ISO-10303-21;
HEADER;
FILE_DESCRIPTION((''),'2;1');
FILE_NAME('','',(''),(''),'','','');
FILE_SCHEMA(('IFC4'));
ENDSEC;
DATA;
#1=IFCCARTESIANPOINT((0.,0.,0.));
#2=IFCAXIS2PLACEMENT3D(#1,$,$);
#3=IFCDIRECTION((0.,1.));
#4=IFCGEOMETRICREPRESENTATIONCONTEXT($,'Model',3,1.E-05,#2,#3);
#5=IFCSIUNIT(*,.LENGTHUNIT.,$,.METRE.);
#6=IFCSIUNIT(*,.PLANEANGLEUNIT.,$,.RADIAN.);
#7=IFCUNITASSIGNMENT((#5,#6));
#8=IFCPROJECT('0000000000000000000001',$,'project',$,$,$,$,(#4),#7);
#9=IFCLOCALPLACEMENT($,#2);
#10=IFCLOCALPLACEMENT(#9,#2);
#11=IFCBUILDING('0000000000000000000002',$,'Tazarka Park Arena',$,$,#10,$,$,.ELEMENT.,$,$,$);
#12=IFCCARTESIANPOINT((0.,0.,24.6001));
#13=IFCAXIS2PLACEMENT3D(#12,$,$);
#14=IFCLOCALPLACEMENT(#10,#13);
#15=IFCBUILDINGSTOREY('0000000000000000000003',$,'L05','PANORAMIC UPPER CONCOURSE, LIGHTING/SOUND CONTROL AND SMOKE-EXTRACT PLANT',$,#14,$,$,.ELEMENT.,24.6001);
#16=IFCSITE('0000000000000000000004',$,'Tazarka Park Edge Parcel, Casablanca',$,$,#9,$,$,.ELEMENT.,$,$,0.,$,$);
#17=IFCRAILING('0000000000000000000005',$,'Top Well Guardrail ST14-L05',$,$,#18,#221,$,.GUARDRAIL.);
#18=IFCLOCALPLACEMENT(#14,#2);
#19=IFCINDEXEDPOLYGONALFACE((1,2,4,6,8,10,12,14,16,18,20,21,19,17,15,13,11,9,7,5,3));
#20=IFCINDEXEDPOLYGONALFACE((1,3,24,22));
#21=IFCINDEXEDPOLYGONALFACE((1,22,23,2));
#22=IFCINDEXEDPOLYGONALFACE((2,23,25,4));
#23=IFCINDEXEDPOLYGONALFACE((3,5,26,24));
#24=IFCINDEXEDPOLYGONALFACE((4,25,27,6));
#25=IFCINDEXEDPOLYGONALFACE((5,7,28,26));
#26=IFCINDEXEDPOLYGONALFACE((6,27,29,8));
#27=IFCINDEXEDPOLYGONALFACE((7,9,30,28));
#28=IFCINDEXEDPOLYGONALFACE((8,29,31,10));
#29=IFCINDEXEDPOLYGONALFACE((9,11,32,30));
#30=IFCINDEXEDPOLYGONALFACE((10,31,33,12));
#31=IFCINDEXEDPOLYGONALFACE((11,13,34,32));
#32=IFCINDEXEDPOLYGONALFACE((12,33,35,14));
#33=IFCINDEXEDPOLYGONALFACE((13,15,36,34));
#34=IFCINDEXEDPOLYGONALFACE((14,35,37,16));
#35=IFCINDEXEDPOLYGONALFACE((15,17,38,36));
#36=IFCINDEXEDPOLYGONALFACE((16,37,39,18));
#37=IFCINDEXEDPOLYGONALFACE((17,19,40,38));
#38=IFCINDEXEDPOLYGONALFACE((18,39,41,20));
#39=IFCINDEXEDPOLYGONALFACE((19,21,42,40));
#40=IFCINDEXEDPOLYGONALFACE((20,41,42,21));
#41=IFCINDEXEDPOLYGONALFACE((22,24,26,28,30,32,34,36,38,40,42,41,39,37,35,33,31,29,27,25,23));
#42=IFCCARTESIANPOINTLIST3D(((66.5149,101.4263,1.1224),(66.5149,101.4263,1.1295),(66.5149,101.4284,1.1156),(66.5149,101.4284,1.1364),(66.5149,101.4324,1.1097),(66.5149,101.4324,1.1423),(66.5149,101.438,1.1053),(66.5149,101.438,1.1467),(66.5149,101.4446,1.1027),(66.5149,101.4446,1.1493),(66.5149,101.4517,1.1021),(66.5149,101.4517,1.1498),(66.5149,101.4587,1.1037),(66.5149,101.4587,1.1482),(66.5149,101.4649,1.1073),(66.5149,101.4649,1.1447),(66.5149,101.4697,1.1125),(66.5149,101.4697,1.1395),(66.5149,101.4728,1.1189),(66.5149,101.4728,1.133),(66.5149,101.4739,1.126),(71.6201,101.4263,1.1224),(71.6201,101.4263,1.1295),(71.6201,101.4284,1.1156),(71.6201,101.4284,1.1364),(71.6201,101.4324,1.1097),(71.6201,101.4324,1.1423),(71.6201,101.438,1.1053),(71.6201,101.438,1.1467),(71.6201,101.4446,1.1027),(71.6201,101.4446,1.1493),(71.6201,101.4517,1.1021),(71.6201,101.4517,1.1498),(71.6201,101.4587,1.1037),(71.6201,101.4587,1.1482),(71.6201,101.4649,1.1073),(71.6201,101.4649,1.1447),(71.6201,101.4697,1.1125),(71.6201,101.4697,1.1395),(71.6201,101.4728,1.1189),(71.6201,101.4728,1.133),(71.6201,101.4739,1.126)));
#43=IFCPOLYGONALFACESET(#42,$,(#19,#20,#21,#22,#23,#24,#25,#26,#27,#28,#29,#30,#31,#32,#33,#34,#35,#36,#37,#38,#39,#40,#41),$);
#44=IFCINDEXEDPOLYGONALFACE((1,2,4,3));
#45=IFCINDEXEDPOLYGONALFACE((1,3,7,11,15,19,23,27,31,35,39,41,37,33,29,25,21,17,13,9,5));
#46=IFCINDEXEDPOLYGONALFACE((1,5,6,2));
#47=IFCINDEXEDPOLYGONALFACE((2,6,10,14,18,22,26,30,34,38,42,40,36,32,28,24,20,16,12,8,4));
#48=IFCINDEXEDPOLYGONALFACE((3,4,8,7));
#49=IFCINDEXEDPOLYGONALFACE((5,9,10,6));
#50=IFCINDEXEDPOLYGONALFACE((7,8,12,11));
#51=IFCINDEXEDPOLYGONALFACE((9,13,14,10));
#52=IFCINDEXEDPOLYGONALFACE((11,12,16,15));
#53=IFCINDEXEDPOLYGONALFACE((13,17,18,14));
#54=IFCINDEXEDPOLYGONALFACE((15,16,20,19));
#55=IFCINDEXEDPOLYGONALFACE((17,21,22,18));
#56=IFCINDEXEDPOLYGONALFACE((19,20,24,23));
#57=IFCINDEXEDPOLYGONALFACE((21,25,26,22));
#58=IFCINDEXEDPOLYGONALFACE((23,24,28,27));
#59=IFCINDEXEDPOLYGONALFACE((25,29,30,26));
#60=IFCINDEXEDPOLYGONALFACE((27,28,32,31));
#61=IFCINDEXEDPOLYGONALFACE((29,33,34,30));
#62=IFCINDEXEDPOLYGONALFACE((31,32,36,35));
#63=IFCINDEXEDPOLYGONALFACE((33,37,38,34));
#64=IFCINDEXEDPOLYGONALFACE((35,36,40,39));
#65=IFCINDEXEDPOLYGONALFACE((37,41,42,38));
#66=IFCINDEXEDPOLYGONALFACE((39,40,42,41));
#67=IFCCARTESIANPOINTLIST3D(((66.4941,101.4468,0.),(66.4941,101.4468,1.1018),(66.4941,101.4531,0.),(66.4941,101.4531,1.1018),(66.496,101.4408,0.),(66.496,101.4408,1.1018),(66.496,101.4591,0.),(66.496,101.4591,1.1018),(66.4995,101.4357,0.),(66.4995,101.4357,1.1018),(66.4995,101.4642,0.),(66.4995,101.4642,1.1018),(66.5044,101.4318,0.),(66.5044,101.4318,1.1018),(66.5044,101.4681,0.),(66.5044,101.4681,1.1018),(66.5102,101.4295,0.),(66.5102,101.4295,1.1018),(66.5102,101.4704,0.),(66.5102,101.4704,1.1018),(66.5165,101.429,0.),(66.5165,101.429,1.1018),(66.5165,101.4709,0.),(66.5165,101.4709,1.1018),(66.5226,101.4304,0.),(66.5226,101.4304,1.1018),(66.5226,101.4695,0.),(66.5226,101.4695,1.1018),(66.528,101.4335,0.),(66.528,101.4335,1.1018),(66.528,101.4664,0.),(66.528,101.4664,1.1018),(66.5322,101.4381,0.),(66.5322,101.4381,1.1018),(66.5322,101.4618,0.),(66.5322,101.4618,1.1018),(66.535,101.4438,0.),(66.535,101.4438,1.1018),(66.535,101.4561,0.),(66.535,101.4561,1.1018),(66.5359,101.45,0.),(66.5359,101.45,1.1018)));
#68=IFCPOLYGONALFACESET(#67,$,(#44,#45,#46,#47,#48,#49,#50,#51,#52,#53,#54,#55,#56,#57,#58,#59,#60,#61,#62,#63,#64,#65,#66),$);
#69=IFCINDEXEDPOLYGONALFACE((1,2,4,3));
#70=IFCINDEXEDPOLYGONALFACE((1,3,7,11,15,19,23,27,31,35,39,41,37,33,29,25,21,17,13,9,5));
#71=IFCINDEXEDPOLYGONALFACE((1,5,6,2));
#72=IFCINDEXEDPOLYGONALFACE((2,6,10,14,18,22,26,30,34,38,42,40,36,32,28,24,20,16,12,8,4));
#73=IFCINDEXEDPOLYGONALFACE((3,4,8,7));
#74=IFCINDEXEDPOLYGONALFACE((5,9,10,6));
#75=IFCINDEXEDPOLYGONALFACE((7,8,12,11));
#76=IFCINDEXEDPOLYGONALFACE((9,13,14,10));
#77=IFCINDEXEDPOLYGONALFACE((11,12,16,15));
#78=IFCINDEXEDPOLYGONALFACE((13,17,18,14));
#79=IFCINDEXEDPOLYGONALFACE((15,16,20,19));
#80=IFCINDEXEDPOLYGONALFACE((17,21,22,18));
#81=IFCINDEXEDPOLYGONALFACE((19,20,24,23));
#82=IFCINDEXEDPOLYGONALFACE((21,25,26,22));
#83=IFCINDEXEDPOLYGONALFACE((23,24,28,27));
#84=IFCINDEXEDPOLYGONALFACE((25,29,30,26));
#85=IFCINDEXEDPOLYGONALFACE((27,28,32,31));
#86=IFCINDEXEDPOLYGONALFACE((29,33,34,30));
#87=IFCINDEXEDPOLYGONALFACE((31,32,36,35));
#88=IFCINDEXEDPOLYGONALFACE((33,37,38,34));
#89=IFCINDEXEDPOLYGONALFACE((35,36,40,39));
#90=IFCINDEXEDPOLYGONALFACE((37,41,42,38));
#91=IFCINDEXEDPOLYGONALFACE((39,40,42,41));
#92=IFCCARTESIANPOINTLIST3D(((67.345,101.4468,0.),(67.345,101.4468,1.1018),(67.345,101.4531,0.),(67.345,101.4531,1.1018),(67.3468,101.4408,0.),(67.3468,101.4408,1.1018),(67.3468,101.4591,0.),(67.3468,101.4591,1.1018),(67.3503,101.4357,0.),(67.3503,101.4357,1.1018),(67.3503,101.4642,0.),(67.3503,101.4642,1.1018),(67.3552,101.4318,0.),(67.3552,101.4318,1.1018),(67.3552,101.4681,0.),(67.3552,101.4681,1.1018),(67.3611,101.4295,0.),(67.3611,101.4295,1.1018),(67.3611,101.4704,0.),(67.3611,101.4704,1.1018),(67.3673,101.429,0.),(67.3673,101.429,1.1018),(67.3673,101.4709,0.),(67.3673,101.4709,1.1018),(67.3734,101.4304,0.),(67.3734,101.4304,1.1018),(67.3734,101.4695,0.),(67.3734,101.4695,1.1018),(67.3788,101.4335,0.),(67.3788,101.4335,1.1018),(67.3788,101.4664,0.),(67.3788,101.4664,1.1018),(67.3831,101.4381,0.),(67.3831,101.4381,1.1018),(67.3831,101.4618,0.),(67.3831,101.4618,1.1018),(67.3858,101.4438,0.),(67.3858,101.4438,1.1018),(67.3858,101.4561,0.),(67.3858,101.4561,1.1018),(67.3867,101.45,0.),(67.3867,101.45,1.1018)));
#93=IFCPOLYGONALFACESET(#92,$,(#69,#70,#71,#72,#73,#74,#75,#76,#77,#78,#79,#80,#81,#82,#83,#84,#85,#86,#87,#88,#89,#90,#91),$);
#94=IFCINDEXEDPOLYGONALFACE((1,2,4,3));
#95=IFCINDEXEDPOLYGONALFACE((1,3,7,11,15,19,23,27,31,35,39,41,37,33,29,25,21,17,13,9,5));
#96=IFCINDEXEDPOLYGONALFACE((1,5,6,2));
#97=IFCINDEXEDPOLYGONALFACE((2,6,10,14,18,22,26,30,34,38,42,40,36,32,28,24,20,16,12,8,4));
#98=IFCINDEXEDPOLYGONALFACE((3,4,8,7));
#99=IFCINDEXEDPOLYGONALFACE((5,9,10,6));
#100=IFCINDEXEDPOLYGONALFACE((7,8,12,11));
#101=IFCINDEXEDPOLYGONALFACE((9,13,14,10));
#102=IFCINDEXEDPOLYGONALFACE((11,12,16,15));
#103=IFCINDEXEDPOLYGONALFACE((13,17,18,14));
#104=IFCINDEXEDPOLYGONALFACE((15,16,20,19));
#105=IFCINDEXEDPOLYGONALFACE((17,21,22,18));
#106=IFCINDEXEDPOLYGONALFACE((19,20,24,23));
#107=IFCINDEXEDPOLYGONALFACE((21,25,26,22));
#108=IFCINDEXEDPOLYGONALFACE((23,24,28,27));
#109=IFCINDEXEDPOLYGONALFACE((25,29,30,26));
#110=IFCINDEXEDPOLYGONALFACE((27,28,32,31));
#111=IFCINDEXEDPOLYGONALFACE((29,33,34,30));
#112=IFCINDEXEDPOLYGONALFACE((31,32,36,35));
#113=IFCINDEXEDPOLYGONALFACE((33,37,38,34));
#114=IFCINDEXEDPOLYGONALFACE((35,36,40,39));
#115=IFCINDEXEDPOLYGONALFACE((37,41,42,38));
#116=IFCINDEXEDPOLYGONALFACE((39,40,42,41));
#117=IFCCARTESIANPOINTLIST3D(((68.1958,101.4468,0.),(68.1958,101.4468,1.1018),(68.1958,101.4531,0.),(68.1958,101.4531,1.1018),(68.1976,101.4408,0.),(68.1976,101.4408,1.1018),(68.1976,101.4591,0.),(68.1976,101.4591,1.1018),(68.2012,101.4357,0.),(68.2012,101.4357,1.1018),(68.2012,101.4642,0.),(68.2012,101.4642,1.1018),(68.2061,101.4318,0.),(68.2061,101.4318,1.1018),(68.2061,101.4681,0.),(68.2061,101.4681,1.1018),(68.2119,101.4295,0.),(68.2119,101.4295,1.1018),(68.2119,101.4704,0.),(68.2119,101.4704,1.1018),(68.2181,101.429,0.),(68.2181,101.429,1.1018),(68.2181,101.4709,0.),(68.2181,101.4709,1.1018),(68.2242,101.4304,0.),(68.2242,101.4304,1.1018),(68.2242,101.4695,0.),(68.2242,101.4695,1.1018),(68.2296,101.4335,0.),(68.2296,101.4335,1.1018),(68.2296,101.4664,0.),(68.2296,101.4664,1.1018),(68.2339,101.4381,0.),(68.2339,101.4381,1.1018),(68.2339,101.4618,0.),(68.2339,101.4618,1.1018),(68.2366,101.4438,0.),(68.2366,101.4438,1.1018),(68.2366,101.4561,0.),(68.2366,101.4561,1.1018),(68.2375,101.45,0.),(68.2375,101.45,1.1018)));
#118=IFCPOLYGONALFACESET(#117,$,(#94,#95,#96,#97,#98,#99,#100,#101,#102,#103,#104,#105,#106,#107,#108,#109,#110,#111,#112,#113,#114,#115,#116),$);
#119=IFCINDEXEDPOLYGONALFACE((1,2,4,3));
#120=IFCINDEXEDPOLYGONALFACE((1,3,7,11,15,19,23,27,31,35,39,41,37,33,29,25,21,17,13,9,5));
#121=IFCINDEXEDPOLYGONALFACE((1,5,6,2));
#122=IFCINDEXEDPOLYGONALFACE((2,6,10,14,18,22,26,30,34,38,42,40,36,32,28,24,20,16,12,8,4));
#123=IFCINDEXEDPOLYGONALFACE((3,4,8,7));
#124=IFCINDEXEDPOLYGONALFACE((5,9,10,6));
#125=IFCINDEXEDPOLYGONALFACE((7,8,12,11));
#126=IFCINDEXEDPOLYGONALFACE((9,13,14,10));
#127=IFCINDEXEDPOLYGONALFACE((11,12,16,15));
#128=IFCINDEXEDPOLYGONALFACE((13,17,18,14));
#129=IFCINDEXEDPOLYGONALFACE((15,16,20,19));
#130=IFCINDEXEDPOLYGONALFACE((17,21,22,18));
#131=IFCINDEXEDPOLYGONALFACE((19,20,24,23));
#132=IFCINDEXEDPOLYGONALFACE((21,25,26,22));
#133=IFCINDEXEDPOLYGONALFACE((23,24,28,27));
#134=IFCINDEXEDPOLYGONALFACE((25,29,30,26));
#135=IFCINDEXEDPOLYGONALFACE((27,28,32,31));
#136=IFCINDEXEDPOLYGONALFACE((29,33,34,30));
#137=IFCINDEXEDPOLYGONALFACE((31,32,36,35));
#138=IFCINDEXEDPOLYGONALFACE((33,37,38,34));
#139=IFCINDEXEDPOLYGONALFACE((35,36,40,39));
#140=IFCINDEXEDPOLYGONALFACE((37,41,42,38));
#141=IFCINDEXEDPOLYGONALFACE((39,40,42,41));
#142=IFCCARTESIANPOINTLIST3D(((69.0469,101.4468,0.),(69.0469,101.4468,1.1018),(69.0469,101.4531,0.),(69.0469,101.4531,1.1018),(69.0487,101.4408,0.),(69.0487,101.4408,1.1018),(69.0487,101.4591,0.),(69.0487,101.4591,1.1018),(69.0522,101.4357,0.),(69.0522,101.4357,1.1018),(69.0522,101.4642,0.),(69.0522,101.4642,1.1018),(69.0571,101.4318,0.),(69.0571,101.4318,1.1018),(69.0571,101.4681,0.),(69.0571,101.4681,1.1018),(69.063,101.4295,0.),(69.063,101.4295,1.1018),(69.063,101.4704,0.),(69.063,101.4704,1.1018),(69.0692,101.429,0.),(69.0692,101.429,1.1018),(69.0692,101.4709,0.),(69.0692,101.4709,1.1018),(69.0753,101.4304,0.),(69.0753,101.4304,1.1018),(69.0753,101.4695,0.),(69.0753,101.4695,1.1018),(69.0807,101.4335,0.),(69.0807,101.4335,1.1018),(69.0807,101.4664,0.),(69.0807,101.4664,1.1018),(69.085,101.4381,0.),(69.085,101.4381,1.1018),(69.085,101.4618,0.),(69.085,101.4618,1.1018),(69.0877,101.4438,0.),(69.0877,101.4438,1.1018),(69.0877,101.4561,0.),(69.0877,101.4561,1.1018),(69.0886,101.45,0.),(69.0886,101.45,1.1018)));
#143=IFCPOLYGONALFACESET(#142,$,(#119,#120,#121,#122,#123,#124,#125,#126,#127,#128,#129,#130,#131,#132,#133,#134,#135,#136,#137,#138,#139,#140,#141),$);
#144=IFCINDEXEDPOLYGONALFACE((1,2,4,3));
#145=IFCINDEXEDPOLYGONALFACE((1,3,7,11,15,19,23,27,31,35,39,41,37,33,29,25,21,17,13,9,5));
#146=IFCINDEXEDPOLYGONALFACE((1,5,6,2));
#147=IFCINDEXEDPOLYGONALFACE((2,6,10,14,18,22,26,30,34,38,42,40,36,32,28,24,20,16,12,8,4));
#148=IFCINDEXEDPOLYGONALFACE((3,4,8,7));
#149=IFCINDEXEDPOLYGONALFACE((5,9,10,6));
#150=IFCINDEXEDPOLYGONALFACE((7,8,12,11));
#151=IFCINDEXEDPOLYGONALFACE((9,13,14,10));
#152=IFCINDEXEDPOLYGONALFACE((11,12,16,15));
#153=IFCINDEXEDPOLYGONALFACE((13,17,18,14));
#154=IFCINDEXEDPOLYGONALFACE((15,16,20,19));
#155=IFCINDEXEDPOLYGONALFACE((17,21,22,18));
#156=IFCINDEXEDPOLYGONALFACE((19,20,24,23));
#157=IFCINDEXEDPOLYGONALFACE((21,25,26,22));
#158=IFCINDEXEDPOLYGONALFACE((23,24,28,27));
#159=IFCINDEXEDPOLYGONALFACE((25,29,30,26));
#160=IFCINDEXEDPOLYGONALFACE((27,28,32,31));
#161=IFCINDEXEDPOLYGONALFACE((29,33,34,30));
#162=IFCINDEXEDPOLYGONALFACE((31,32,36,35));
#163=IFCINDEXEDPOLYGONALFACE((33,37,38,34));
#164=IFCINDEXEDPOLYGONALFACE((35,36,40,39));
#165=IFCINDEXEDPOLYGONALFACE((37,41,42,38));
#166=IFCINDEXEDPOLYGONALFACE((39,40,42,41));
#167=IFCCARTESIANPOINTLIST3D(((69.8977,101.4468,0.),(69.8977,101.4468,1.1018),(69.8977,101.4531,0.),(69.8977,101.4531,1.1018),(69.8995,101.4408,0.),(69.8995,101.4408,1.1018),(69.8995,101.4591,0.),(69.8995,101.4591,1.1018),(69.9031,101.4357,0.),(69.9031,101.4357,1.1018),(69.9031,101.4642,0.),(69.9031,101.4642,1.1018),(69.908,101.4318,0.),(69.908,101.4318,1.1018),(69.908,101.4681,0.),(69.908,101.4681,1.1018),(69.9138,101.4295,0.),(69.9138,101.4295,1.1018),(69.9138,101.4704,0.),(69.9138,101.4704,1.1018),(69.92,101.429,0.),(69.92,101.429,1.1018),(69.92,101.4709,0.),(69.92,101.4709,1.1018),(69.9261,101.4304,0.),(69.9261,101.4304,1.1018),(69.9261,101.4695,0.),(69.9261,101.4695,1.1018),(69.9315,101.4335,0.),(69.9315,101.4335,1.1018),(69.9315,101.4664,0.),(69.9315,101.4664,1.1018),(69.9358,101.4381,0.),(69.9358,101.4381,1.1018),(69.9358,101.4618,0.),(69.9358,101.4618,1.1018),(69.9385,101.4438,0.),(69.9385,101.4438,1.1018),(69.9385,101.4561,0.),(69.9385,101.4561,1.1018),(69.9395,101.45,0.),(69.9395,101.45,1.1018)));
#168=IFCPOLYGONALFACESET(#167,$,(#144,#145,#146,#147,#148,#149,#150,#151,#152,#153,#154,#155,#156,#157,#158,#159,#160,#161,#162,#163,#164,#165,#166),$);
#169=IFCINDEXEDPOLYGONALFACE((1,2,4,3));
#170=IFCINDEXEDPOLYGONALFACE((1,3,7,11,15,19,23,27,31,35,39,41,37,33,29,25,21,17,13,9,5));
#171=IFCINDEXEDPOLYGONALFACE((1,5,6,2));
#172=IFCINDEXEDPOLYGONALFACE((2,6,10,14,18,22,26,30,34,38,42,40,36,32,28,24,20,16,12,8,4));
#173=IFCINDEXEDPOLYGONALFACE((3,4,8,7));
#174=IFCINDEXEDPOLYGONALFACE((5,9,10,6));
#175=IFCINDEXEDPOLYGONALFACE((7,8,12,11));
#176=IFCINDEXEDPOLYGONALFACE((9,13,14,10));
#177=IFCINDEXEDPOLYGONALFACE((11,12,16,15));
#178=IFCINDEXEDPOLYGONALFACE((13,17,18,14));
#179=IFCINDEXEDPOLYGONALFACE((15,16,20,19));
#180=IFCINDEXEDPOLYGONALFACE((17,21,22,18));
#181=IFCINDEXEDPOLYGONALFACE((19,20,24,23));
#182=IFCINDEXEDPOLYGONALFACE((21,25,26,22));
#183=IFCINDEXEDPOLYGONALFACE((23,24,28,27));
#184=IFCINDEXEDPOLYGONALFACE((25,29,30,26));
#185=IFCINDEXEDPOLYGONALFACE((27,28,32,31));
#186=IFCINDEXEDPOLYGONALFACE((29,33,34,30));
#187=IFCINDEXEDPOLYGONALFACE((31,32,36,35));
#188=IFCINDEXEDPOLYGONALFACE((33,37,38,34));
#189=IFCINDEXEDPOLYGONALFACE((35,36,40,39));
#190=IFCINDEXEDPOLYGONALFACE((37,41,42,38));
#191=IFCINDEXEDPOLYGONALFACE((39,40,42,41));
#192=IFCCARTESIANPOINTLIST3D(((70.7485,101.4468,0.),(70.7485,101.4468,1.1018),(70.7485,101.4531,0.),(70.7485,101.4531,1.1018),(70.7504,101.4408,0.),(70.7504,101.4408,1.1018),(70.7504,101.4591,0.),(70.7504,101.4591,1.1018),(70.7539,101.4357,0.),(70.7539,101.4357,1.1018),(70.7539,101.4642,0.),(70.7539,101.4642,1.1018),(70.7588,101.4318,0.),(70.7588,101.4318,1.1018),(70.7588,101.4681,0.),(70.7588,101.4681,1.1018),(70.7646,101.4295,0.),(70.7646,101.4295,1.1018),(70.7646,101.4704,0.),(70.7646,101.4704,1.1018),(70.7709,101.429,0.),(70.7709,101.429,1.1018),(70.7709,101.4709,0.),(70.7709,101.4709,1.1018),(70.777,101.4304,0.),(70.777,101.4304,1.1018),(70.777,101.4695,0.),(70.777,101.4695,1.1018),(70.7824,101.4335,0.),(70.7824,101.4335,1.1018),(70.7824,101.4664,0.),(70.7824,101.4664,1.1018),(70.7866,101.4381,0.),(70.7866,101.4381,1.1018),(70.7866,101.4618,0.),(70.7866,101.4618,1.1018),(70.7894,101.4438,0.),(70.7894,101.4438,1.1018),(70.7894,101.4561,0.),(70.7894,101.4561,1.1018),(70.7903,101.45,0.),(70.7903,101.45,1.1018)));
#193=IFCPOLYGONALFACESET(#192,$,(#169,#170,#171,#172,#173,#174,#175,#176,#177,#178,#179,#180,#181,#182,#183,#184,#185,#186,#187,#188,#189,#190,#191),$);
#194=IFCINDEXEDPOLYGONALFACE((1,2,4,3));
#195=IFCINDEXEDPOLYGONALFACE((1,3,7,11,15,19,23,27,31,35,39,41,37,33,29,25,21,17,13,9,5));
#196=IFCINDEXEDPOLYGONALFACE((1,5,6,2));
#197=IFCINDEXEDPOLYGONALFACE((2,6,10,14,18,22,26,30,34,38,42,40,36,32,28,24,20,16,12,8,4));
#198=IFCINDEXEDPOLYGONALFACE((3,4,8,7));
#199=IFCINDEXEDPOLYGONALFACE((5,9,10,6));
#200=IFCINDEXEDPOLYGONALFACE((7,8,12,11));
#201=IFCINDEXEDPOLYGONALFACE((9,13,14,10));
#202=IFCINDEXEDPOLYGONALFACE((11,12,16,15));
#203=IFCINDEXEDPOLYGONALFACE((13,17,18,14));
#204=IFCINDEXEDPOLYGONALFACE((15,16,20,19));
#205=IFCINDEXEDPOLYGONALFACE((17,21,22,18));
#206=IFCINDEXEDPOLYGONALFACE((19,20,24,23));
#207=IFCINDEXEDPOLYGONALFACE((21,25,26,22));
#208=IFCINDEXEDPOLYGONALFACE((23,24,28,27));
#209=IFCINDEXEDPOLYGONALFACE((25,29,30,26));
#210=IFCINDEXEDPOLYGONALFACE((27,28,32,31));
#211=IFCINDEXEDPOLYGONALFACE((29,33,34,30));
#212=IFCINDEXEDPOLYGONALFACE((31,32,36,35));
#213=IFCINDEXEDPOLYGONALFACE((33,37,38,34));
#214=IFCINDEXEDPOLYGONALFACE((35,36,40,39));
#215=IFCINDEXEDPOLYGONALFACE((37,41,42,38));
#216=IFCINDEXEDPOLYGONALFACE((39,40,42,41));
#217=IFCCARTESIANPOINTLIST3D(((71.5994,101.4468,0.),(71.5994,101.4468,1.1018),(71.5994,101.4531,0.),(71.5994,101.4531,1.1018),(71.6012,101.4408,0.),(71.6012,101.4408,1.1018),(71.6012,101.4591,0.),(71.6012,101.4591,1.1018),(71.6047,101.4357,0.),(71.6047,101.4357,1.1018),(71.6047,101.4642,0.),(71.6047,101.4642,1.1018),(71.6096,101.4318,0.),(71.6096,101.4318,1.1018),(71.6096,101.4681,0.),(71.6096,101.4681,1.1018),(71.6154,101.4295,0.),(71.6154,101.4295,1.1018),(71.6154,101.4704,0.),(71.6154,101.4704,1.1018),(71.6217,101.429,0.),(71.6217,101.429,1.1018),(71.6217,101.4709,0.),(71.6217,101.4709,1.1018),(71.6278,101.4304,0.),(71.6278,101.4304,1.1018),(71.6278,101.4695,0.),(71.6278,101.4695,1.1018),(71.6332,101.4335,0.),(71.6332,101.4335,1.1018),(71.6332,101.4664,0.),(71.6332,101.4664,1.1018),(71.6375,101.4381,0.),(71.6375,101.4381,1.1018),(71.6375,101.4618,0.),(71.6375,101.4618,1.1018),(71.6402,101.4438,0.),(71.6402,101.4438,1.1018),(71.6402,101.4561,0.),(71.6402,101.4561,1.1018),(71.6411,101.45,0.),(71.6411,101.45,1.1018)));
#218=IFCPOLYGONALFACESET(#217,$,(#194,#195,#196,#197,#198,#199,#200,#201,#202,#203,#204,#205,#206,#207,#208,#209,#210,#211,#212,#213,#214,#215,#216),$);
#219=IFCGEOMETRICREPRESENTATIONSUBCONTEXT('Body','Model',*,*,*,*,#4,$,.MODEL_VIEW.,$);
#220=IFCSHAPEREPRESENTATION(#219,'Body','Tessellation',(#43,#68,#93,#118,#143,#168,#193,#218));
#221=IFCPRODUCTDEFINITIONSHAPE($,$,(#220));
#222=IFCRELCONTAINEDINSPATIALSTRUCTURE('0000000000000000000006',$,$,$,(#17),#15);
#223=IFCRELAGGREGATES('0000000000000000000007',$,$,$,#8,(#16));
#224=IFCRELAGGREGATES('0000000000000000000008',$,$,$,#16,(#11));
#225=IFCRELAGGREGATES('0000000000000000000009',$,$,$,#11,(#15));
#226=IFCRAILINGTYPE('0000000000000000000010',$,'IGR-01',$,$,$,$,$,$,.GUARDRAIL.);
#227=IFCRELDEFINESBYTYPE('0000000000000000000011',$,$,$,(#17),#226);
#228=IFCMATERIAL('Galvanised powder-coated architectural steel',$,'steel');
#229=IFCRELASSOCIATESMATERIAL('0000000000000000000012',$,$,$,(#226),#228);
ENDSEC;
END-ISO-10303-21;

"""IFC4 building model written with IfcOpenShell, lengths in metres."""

from ifc_helpers import new_model, si_unit, direction, frame, origin, origin_2d, place, context, subcontext, project, spatial, circle, extrude, material, type_object, element, save


model = new_model("IFC4")

# Units and contexts
model_context = context("Model", 3, precision=1e-05, world=origin(), true_north=direction((0.0, 1.0)))
body_context = subcontext(model_context, "Body", "Model", "MODEL_VIEW")
ifc_project = project(units=[si_unit("LENGTHUNIT", "METRE"), si_unit("PLANEANGLEUNIT", "RADIAN")], contexts=[model_context])

# Site, building, storey
site_placement = place(None, origin())
site = spatial("IfcSite", under=ifc_project, at=site_placement, Name="Tazarka Park Edge Parcel, Casablanca", CompositionType="ELEMENT", RefElevation=0.0)
building_placement = place(site_placement, origin())
building = spatial("IfcBuilding", under=site, at=building_placement, Name="Tazarka Park Arena", CompositionType="ELEMENT")
storey_placement = place(building_placement, frame((0.0, 0.0, 24.6001)))
storey = spatial("IfcBuildingStorey", under=building, at=storey_placement, Name="L05", Description="PANORAMIC UPPER CONCOURSE, LIGHTING/SOUND CONTROL AND SMOKE-EXTRACT PLANT", CompositionType="ELEMENT", Elevation=24.6001)

# Railing
ifc_material_1 = material(Name="Galvanised powder-coated architectural steel", Category="steel")
railing_type = type_object("IfcRailingType", Name="IGR-01", PredefinedType="GUARDRAIL", material=ifc_material_1)
railing_1_placement = place(storey_placement, frame((66.5149, 101.45, 0.0)))
element("IfcRailing", 1, at=railing_1_placement, inside=storey, type_object=railing_type, Name="Top Well Guardrail ST14-L05", PredefinedType="GUARDRAIL", context=body_context, shape_type="SweptSolid", body=[
    extrude(circle(Radius=0.0239, at=origin_2d()), frame((0.0, 0.0, 1.126), z_axis=(1.0, 0.0, 0.0), x_axis=(0.0, 1.0, 0.0)), (0.0, 0.0, 1.0), 5.1052),
    extrude(circle(Radius=0.021, at=origin_2d()), origin(), (0.0, 0.0, 1.0), 1.1018),
    extrude(circle(Radius=0.021, at=origin_2d()), frame((0.8508, 0.0, 0.0)), (0.0, 0.0, 1.0), 1.1018),
    extrude(circle(Radius=0.021, at=origin_2d()), frame((1.7017, 0.0, 0.0)), (0.0, 0.0, 1.0), 1.1018),
    extrude(circle(Radius=0.021, at=origin_2d()), frame((2.5527, 0.0, 0.0)), (0.0, 0.0, 1.0), 1.1018),
    extrude(circle(Radius=0.021, at=origin_2d()), frame((3.4036, 0.0, 0.0)), (0.0, 0.0, 1.0), 1.1018),
    extrude(circle(Radius=0.021, at=origin_2d()), frame((4.2544, 0.0, 0.0)), (0.0, 0.0, 1.0), 1.1018),
    extrude(circle(Radius=0.021, at=origin_2d()), frame((5.1052, 0.0, 0.0)), (0.0, 0.0, 1.0), 1.1018),
])

save(model, "model.ifc")
